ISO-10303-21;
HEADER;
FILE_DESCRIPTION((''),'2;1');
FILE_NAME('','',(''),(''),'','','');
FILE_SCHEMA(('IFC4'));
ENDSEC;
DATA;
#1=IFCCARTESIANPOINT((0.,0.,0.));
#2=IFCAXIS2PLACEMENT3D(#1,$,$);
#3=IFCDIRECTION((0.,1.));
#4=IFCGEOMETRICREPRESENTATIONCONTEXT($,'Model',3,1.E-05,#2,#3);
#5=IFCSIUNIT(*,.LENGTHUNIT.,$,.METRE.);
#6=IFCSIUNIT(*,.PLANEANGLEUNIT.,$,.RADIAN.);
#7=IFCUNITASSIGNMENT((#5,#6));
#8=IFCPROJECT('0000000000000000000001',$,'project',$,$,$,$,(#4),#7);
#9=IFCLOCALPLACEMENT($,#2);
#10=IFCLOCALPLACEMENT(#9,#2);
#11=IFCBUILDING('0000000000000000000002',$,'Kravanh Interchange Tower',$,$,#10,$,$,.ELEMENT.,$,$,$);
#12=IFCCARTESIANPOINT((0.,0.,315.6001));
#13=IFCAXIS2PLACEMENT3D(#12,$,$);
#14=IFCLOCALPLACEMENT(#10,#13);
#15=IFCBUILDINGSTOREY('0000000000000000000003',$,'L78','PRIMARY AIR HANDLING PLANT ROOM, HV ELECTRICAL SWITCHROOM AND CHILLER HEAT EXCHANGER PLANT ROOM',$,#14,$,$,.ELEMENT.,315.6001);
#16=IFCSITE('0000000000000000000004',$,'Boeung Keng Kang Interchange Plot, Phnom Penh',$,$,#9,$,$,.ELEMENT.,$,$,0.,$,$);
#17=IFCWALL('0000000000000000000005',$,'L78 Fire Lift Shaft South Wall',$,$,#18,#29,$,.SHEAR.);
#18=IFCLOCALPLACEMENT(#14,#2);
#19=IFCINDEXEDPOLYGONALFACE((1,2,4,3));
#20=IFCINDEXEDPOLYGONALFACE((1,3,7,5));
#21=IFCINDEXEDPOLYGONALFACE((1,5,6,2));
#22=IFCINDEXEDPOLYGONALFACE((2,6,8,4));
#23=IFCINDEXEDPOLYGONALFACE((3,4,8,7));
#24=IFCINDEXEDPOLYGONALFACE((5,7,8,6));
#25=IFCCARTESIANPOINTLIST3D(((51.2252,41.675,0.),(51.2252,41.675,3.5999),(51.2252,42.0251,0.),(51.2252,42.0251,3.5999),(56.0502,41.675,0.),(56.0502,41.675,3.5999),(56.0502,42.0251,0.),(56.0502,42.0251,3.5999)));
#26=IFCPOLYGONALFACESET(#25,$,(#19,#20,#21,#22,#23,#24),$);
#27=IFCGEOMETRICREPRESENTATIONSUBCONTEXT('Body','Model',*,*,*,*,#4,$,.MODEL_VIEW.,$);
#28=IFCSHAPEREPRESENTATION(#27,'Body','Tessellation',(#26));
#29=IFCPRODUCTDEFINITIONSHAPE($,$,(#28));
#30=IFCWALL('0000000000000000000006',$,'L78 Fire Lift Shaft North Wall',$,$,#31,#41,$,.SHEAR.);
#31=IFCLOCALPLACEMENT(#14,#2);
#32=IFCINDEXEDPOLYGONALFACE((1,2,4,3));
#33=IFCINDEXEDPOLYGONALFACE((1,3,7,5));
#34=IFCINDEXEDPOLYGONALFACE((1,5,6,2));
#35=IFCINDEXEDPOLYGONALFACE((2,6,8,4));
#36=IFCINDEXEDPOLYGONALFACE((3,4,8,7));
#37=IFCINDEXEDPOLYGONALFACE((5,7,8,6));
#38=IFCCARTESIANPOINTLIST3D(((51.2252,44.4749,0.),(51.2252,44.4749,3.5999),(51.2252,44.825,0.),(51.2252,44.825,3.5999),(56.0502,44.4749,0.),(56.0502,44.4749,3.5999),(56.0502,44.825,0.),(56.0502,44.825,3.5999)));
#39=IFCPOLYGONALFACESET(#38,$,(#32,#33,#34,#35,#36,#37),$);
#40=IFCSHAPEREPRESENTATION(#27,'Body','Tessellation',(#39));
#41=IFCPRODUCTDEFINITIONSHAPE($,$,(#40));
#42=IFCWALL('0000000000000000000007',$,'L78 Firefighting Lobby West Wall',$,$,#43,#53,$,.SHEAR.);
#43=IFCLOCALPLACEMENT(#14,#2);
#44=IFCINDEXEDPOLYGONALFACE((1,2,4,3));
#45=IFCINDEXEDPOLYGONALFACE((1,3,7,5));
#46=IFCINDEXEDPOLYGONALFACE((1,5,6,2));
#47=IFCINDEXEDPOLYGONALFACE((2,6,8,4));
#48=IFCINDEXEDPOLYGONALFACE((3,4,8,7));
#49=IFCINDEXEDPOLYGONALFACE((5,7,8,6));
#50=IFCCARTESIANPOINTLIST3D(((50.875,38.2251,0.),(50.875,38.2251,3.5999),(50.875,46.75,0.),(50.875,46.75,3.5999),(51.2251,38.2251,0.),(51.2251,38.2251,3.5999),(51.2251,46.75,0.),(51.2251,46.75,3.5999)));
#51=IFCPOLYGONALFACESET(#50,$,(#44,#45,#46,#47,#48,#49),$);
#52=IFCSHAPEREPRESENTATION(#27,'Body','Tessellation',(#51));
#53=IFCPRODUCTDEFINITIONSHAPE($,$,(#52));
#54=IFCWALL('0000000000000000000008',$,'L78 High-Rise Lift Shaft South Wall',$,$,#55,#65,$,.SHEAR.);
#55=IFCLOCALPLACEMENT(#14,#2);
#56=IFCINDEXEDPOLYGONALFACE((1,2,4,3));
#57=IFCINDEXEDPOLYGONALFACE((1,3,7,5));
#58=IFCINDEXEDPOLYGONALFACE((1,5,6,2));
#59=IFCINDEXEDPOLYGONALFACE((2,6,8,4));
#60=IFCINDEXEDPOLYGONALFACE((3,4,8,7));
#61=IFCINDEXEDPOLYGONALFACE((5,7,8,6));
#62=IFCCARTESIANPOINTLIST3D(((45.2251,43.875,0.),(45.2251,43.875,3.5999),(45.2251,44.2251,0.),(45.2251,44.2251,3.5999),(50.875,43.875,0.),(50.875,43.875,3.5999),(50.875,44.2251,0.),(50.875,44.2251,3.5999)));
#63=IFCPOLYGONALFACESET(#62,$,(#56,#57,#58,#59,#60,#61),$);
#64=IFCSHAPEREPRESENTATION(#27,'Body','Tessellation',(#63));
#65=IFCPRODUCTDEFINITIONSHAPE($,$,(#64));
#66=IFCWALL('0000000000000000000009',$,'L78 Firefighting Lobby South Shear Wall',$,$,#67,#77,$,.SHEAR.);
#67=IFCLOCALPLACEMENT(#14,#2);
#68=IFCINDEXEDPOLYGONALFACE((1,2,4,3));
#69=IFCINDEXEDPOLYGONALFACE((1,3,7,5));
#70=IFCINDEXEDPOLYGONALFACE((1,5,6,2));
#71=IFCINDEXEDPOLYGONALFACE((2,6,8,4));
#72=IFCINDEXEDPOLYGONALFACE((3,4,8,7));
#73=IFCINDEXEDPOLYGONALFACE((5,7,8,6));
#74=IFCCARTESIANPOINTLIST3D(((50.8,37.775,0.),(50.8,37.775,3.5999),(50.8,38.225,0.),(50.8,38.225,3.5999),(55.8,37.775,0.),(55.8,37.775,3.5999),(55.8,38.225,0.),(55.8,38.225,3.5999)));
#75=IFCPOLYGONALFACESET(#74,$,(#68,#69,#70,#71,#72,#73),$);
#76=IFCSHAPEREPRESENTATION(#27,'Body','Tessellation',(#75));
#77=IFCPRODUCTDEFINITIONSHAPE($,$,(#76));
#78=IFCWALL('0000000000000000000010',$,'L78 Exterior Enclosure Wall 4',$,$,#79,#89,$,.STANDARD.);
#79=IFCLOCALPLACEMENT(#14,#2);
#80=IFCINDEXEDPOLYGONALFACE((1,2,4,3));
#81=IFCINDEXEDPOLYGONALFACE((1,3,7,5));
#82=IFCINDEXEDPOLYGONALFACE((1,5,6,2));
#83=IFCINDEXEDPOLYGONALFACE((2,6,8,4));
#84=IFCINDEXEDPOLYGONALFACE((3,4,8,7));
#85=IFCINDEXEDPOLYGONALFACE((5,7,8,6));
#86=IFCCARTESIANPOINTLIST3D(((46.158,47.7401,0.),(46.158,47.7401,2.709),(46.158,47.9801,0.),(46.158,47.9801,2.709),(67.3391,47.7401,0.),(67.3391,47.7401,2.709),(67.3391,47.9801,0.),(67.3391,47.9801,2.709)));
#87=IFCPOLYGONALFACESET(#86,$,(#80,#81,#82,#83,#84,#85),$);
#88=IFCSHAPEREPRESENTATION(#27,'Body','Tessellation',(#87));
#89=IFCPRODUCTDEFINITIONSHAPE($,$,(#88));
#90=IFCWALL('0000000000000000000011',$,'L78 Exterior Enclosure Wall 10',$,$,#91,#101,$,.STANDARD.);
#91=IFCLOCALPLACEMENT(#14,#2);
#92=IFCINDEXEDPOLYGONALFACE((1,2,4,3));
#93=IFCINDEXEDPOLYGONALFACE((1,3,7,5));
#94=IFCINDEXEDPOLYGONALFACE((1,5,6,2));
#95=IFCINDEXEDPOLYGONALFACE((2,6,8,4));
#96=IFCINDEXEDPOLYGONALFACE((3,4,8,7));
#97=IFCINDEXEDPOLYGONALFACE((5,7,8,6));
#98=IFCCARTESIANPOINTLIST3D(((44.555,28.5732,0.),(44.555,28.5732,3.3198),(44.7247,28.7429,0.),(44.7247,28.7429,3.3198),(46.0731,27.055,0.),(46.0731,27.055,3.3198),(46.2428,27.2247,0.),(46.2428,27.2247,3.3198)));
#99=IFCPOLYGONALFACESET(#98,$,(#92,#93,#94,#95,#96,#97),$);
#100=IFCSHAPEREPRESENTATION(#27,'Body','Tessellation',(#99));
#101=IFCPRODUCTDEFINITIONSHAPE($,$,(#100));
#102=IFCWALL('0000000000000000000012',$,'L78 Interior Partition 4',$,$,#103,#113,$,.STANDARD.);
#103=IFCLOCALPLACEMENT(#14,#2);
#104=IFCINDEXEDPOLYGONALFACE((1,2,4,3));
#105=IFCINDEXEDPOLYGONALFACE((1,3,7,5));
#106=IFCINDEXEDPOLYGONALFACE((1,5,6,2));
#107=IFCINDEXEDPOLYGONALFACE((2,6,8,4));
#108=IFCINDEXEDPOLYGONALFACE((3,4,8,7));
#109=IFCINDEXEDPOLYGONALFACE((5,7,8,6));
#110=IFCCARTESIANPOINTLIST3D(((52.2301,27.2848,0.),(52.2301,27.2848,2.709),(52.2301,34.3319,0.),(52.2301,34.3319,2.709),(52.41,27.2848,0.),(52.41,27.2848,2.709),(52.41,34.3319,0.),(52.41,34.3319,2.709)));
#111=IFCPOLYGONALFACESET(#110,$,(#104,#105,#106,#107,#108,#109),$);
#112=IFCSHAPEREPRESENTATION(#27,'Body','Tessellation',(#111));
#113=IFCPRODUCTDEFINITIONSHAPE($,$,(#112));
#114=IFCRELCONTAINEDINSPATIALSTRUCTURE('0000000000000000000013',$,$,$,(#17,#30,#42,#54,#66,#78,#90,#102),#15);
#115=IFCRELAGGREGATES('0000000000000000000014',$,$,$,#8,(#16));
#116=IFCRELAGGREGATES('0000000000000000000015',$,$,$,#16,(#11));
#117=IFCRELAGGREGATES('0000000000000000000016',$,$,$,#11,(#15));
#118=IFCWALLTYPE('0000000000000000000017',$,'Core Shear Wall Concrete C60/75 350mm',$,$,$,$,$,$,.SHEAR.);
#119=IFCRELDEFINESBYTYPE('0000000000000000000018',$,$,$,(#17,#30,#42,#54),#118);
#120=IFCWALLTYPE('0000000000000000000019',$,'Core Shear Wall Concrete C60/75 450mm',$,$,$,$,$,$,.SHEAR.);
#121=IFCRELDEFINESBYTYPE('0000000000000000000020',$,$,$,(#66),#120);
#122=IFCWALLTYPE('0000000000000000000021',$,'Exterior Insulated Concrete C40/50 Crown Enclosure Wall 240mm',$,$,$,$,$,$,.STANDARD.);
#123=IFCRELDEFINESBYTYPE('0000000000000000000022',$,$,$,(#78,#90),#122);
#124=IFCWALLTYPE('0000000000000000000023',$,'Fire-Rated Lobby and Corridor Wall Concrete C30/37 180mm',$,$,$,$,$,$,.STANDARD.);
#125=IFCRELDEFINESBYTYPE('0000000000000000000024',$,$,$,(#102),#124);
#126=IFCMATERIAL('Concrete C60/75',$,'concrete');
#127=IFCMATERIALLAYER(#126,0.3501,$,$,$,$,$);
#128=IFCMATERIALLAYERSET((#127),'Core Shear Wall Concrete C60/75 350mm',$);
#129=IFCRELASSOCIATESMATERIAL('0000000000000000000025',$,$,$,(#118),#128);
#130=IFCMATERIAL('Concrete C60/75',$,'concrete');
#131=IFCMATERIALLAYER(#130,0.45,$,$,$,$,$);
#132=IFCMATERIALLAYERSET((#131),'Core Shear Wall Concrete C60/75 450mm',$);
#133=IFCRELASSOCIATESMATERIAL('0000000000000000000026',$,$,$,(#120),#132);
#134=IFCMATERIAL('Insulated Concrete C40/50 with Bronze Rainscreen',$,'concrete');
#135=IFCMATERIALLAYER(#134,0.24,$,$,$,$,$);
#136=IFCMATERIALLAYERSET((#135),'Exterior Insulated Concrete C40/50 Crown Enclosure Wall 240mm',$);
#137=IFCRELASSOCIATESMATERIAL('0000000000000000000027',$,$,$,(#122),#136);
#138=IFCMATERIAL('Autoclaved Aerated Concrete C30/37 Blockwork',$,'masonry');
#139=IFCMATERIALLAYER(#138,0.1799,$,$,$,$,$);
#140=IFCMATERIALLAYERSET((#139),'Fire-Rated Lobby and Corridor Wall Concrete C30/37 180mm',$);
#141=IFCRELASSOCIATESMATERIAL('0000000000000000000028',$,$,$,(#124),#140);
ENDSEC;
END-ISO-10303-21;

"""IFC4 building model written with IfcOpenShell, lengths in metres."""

from ifc_helpers import new_model, si_unit, direction, frame, frame_2d, origin, place, context, subcontext, project, spatial, rectangle, extrude, material, layer, layer_set, type_object, element, save


model = new_model("IFC4")

# Units and contexts
model_context = context("Model", 3, precision=1e-05, world=origin(), true_north=direction((0.0, 1.0)))
body_context = subcontext(model_context, "Body", "Model", "MODEL_VIEW")
ifc_project = project(units=[si_unit("LENGTHUNIT", "METRE"), si_unit("PLANEANGLEUNIT", "RADIAN")], contexts=[model_context])

# Site, building, storey
site_placement = place(None, origin())
site = spatial("IfcSite", under=ifc_project, at=site_placement, Name="Boeung Keng Kang Interchange Plot, Phnom Penh", CompositionType="ELEMENT", RefElevation=0.0)
building_placement = place(site_placement, origin())
building = spatial("IfcBuilding", under=site, at=building_placement, Name="Kravanh Interchange Tower", CompositionType="ELEMENT")
storey_placement = place(building_placement, frame((0.0, 0.0, 315.6001)))
storey = spatial("IfcBuildingStorey", under=building, at=storey_placement, Name="L78", Description="PRIMARY AIR HANDLING PLANT ROOM, HV ELECTRICAL SWITCHROOM AND CHILLER HEAT EXCHANGER PLANT ROOM", CompositionType="ELEMENT", Elevation=315.6001)

# Walls
ifc_material_1 = material(Name="Concrete C60/75", Category="concrete")
ifc_layer_1 = layer(ifc_material_1, 0.3501)
ifc_layer_set_1 = layer_set([ifc_layer_1], Name="Core Shear Wall Concrete C60/75 350mm")
wall_type_1 = type_object("IfcWallType", Name="Core Shear Wall Concrete C60/75 350mm", PredefinedType="SHEAR", material=ifc_layer_set_1)
for number, where, z_axis, x_axis, name in (
    (1, (51.2251, 41.8501, 0.0), (0.0, 0.0, 1.0), (1.0, 0.0, 0.0), "L78 Fire Lift Shaft South Wall"),
    (2, (51.2251, 44.6499, 0.0), (0.0, 0.0, 1.0), (1.0, 0.0, 0.0), "L78 Fire Lift Shaft North Wall"),
):
    element("IfcWall", number, at=place(storey_placement, frame(where, z_axis=z_axis, x_axis=x_axis)), inside=storey, type_object=wall_type_1, Name=name, PredefinedType="SHEAR", context=body_context, shape_type="SweptSolid", body=[
        extrude(rectangle(XDim=4.825, YDim=0.3501, at=frame_2d((2.4126, 0.0))), origin(), (0.0, 0.0, 1.0), 3.5999),
    ])
wall_1_placement = place(storey_placement, frame((51.05, 38.2251, 0.0), z_axis=(0.0, 0.0, 1.0), x_axis=(0.0, 1.0, 0.0)))
element("IfcWall", 3, at=wall_1_placement, inside=storey, type_object=wall_type_1, Name="L78 Firefighting Lobby West Wall", PredefinedType="SHEAR", context=body_context, shape_type="SweptSolid", body=[
    extrude(rectangle(XDim=8.5249, YDim=0.3501, at=frame_2d((4.2625, 0.0))), origin(), (0.0, 0.0, 1.0), 3.5999),
])
wall_2_placement = place(storey_placement, frame((45.2251, 44.05, 0.0), z_axis=(0.0, 0.0, 1.0), x_axis=(1.0, 0.0, 0.0)))
element("IfcWall", 4, at=wall_2_placement, inside=storey, type_object=wall_type_1, Name="L78 High-Rise Lift Shaft South Wall", PredefinedType="SHEAR", context=body_context, shape_type="SweptSolid", body=[
    extrude(rectangle(XDim=5.6499, YDim=0.3501, at=frame_2d((2.825, 0.0))), origin(), (0.0, 0.0, 1.0), 3.5999),
])

# Shared definitions
ifc_material_2 = material(Name="Concrete C60/75", Category="concrete")
ifc_layer_2 = layer(ifc_material_2, 0.45)
ifc_layer_set_2 = layer_set([ifc_layer_2], Name="Core Shear Wall Concrete C60/75 450mm")
wall_type_2 = type_object("IfcWallType", Name="Core Shear Wall Concrete C60/75 450mm", PredefinedType="SHEAR", material=ifc_layer_set_2)

# Walls
wall_3_placement = place(storey_placement, frame((50.8, 38.0, 0.0), z_axis=(0.0, 0.0, 1.0), x_axis=(1.0, 0.0, 0.0)))
element("IfcWall", 5, at=wall_3_placement, inside=storey, type_object=wall_type_2, Name="L78 Firefighting Lobby South Shear Wall", PredefinedType="SHEAR", context=body_context, shape_type="SweptSolid", body=[
    extrude(rectangle(XDim=5.0, YDim=0.45, at=frame_2d((2.5, 0.0))), origin(), (0.0, 0.0, 1.0), 3.5999),
])
ifc_material_3 = material(Name="Insulated Concrete C40/50 with Bronze Rainscreen", Category="concrete")
ifc_layer_3 = layer(ifc_material_3, 0.24)
ifc_layer_set_3 = layer_set([ifc_layer_3], Name="Exterior Insulated Concrete C40/50 Crown Enclosure Wall 240mm")
wall_type_3 = type_object("IfcWallType", Name="Exterior Insulated Concrete C40/50 Crown Enclosure Wall 240mm", PredefinedType="STANDARD", material=ifc_layer_set_3)
wall_4_placement = place(storey_placement, frame((46.158, 47.8601, 0.0), z_axis=(0.0, 0.0, 1.0), x_axis=(1.0, 0.0, 0.0)))
element("IfcWall", 6, at=wall_4_placement, inside=storey, type_object=wall_type_3, Name="L78 Exterior Enclosure Wall 4", PredefinedType="STANDARD", context=body_context, shape_type="SweptSolid", body=[
    extrude(rectangle(XDim=21.1812, YDim=0.24, at=frame_2d((10.5906, 0.0))), origin(), (0.0, 0.0, 1.0), 2.709),
])
wall_5_placement = place(storey_placement, frame((46.158, 27.1399, 0.0), z_axis=(0.0, 0.0, 1.0), x_axis=(-0.707107, 0.707107, 0.0)))
element("IfcWall", 7, at=wall_5_placement, inside=storey, type_object=wall_type_3, Name="L78 Exterior Enclosure Wall 10", PredefinedType="STANDARD", context=body_context, shape_type="SweptSolid", body=[
    extrude(rectangle(XDim=2.147, YDim=0.24, at=frame_2d((1.0735, 0.0))), origin(), (0.0, 0.0, 1.0), 3.3198),
])
ifc_material_4 = material(Name="Autoclaved Aerated Concrete C30/37 Blockwork", Category="masonry")
ifc_layer_4 = layer(ifc_material_4, 0.1799)
ifc_layer_set_4 = layer_set([ifc_layer_4], Name="Fire-Rated Lobby and Corridor Wall Concrete C30/37 180mm")
wall_type_4 = type_object("IfcWallType", Name="Fire-Rated Lobby and Corridor Wall Concrete C30/37 180mm", PredefinedType="STANDARD", material=ifc_layer_set_4)
wall_6_placement = place(storey_placement, frame((52.3201, 27.2849, 0.0), z_axis=(0.0, 0.0, 1.0), x_axis=(0.0, 1.0, 0.0)))
element("IfcWall", 8, at=wall_6_placement, inside=storey, type_object=wall_type_4, Name="L78 Interior Partition 4", PredefinedType="STANDARD", context=body_context, shape_type="SweptSolid", body=[
    extrude(rectangle(XDim=7.0471, YDim=0.1799, at=frame_2d((3.5234, 0.0))), origin(), (0.0, 0.0, 1.0), 2.709),
])

save(model, "model.ifc")
